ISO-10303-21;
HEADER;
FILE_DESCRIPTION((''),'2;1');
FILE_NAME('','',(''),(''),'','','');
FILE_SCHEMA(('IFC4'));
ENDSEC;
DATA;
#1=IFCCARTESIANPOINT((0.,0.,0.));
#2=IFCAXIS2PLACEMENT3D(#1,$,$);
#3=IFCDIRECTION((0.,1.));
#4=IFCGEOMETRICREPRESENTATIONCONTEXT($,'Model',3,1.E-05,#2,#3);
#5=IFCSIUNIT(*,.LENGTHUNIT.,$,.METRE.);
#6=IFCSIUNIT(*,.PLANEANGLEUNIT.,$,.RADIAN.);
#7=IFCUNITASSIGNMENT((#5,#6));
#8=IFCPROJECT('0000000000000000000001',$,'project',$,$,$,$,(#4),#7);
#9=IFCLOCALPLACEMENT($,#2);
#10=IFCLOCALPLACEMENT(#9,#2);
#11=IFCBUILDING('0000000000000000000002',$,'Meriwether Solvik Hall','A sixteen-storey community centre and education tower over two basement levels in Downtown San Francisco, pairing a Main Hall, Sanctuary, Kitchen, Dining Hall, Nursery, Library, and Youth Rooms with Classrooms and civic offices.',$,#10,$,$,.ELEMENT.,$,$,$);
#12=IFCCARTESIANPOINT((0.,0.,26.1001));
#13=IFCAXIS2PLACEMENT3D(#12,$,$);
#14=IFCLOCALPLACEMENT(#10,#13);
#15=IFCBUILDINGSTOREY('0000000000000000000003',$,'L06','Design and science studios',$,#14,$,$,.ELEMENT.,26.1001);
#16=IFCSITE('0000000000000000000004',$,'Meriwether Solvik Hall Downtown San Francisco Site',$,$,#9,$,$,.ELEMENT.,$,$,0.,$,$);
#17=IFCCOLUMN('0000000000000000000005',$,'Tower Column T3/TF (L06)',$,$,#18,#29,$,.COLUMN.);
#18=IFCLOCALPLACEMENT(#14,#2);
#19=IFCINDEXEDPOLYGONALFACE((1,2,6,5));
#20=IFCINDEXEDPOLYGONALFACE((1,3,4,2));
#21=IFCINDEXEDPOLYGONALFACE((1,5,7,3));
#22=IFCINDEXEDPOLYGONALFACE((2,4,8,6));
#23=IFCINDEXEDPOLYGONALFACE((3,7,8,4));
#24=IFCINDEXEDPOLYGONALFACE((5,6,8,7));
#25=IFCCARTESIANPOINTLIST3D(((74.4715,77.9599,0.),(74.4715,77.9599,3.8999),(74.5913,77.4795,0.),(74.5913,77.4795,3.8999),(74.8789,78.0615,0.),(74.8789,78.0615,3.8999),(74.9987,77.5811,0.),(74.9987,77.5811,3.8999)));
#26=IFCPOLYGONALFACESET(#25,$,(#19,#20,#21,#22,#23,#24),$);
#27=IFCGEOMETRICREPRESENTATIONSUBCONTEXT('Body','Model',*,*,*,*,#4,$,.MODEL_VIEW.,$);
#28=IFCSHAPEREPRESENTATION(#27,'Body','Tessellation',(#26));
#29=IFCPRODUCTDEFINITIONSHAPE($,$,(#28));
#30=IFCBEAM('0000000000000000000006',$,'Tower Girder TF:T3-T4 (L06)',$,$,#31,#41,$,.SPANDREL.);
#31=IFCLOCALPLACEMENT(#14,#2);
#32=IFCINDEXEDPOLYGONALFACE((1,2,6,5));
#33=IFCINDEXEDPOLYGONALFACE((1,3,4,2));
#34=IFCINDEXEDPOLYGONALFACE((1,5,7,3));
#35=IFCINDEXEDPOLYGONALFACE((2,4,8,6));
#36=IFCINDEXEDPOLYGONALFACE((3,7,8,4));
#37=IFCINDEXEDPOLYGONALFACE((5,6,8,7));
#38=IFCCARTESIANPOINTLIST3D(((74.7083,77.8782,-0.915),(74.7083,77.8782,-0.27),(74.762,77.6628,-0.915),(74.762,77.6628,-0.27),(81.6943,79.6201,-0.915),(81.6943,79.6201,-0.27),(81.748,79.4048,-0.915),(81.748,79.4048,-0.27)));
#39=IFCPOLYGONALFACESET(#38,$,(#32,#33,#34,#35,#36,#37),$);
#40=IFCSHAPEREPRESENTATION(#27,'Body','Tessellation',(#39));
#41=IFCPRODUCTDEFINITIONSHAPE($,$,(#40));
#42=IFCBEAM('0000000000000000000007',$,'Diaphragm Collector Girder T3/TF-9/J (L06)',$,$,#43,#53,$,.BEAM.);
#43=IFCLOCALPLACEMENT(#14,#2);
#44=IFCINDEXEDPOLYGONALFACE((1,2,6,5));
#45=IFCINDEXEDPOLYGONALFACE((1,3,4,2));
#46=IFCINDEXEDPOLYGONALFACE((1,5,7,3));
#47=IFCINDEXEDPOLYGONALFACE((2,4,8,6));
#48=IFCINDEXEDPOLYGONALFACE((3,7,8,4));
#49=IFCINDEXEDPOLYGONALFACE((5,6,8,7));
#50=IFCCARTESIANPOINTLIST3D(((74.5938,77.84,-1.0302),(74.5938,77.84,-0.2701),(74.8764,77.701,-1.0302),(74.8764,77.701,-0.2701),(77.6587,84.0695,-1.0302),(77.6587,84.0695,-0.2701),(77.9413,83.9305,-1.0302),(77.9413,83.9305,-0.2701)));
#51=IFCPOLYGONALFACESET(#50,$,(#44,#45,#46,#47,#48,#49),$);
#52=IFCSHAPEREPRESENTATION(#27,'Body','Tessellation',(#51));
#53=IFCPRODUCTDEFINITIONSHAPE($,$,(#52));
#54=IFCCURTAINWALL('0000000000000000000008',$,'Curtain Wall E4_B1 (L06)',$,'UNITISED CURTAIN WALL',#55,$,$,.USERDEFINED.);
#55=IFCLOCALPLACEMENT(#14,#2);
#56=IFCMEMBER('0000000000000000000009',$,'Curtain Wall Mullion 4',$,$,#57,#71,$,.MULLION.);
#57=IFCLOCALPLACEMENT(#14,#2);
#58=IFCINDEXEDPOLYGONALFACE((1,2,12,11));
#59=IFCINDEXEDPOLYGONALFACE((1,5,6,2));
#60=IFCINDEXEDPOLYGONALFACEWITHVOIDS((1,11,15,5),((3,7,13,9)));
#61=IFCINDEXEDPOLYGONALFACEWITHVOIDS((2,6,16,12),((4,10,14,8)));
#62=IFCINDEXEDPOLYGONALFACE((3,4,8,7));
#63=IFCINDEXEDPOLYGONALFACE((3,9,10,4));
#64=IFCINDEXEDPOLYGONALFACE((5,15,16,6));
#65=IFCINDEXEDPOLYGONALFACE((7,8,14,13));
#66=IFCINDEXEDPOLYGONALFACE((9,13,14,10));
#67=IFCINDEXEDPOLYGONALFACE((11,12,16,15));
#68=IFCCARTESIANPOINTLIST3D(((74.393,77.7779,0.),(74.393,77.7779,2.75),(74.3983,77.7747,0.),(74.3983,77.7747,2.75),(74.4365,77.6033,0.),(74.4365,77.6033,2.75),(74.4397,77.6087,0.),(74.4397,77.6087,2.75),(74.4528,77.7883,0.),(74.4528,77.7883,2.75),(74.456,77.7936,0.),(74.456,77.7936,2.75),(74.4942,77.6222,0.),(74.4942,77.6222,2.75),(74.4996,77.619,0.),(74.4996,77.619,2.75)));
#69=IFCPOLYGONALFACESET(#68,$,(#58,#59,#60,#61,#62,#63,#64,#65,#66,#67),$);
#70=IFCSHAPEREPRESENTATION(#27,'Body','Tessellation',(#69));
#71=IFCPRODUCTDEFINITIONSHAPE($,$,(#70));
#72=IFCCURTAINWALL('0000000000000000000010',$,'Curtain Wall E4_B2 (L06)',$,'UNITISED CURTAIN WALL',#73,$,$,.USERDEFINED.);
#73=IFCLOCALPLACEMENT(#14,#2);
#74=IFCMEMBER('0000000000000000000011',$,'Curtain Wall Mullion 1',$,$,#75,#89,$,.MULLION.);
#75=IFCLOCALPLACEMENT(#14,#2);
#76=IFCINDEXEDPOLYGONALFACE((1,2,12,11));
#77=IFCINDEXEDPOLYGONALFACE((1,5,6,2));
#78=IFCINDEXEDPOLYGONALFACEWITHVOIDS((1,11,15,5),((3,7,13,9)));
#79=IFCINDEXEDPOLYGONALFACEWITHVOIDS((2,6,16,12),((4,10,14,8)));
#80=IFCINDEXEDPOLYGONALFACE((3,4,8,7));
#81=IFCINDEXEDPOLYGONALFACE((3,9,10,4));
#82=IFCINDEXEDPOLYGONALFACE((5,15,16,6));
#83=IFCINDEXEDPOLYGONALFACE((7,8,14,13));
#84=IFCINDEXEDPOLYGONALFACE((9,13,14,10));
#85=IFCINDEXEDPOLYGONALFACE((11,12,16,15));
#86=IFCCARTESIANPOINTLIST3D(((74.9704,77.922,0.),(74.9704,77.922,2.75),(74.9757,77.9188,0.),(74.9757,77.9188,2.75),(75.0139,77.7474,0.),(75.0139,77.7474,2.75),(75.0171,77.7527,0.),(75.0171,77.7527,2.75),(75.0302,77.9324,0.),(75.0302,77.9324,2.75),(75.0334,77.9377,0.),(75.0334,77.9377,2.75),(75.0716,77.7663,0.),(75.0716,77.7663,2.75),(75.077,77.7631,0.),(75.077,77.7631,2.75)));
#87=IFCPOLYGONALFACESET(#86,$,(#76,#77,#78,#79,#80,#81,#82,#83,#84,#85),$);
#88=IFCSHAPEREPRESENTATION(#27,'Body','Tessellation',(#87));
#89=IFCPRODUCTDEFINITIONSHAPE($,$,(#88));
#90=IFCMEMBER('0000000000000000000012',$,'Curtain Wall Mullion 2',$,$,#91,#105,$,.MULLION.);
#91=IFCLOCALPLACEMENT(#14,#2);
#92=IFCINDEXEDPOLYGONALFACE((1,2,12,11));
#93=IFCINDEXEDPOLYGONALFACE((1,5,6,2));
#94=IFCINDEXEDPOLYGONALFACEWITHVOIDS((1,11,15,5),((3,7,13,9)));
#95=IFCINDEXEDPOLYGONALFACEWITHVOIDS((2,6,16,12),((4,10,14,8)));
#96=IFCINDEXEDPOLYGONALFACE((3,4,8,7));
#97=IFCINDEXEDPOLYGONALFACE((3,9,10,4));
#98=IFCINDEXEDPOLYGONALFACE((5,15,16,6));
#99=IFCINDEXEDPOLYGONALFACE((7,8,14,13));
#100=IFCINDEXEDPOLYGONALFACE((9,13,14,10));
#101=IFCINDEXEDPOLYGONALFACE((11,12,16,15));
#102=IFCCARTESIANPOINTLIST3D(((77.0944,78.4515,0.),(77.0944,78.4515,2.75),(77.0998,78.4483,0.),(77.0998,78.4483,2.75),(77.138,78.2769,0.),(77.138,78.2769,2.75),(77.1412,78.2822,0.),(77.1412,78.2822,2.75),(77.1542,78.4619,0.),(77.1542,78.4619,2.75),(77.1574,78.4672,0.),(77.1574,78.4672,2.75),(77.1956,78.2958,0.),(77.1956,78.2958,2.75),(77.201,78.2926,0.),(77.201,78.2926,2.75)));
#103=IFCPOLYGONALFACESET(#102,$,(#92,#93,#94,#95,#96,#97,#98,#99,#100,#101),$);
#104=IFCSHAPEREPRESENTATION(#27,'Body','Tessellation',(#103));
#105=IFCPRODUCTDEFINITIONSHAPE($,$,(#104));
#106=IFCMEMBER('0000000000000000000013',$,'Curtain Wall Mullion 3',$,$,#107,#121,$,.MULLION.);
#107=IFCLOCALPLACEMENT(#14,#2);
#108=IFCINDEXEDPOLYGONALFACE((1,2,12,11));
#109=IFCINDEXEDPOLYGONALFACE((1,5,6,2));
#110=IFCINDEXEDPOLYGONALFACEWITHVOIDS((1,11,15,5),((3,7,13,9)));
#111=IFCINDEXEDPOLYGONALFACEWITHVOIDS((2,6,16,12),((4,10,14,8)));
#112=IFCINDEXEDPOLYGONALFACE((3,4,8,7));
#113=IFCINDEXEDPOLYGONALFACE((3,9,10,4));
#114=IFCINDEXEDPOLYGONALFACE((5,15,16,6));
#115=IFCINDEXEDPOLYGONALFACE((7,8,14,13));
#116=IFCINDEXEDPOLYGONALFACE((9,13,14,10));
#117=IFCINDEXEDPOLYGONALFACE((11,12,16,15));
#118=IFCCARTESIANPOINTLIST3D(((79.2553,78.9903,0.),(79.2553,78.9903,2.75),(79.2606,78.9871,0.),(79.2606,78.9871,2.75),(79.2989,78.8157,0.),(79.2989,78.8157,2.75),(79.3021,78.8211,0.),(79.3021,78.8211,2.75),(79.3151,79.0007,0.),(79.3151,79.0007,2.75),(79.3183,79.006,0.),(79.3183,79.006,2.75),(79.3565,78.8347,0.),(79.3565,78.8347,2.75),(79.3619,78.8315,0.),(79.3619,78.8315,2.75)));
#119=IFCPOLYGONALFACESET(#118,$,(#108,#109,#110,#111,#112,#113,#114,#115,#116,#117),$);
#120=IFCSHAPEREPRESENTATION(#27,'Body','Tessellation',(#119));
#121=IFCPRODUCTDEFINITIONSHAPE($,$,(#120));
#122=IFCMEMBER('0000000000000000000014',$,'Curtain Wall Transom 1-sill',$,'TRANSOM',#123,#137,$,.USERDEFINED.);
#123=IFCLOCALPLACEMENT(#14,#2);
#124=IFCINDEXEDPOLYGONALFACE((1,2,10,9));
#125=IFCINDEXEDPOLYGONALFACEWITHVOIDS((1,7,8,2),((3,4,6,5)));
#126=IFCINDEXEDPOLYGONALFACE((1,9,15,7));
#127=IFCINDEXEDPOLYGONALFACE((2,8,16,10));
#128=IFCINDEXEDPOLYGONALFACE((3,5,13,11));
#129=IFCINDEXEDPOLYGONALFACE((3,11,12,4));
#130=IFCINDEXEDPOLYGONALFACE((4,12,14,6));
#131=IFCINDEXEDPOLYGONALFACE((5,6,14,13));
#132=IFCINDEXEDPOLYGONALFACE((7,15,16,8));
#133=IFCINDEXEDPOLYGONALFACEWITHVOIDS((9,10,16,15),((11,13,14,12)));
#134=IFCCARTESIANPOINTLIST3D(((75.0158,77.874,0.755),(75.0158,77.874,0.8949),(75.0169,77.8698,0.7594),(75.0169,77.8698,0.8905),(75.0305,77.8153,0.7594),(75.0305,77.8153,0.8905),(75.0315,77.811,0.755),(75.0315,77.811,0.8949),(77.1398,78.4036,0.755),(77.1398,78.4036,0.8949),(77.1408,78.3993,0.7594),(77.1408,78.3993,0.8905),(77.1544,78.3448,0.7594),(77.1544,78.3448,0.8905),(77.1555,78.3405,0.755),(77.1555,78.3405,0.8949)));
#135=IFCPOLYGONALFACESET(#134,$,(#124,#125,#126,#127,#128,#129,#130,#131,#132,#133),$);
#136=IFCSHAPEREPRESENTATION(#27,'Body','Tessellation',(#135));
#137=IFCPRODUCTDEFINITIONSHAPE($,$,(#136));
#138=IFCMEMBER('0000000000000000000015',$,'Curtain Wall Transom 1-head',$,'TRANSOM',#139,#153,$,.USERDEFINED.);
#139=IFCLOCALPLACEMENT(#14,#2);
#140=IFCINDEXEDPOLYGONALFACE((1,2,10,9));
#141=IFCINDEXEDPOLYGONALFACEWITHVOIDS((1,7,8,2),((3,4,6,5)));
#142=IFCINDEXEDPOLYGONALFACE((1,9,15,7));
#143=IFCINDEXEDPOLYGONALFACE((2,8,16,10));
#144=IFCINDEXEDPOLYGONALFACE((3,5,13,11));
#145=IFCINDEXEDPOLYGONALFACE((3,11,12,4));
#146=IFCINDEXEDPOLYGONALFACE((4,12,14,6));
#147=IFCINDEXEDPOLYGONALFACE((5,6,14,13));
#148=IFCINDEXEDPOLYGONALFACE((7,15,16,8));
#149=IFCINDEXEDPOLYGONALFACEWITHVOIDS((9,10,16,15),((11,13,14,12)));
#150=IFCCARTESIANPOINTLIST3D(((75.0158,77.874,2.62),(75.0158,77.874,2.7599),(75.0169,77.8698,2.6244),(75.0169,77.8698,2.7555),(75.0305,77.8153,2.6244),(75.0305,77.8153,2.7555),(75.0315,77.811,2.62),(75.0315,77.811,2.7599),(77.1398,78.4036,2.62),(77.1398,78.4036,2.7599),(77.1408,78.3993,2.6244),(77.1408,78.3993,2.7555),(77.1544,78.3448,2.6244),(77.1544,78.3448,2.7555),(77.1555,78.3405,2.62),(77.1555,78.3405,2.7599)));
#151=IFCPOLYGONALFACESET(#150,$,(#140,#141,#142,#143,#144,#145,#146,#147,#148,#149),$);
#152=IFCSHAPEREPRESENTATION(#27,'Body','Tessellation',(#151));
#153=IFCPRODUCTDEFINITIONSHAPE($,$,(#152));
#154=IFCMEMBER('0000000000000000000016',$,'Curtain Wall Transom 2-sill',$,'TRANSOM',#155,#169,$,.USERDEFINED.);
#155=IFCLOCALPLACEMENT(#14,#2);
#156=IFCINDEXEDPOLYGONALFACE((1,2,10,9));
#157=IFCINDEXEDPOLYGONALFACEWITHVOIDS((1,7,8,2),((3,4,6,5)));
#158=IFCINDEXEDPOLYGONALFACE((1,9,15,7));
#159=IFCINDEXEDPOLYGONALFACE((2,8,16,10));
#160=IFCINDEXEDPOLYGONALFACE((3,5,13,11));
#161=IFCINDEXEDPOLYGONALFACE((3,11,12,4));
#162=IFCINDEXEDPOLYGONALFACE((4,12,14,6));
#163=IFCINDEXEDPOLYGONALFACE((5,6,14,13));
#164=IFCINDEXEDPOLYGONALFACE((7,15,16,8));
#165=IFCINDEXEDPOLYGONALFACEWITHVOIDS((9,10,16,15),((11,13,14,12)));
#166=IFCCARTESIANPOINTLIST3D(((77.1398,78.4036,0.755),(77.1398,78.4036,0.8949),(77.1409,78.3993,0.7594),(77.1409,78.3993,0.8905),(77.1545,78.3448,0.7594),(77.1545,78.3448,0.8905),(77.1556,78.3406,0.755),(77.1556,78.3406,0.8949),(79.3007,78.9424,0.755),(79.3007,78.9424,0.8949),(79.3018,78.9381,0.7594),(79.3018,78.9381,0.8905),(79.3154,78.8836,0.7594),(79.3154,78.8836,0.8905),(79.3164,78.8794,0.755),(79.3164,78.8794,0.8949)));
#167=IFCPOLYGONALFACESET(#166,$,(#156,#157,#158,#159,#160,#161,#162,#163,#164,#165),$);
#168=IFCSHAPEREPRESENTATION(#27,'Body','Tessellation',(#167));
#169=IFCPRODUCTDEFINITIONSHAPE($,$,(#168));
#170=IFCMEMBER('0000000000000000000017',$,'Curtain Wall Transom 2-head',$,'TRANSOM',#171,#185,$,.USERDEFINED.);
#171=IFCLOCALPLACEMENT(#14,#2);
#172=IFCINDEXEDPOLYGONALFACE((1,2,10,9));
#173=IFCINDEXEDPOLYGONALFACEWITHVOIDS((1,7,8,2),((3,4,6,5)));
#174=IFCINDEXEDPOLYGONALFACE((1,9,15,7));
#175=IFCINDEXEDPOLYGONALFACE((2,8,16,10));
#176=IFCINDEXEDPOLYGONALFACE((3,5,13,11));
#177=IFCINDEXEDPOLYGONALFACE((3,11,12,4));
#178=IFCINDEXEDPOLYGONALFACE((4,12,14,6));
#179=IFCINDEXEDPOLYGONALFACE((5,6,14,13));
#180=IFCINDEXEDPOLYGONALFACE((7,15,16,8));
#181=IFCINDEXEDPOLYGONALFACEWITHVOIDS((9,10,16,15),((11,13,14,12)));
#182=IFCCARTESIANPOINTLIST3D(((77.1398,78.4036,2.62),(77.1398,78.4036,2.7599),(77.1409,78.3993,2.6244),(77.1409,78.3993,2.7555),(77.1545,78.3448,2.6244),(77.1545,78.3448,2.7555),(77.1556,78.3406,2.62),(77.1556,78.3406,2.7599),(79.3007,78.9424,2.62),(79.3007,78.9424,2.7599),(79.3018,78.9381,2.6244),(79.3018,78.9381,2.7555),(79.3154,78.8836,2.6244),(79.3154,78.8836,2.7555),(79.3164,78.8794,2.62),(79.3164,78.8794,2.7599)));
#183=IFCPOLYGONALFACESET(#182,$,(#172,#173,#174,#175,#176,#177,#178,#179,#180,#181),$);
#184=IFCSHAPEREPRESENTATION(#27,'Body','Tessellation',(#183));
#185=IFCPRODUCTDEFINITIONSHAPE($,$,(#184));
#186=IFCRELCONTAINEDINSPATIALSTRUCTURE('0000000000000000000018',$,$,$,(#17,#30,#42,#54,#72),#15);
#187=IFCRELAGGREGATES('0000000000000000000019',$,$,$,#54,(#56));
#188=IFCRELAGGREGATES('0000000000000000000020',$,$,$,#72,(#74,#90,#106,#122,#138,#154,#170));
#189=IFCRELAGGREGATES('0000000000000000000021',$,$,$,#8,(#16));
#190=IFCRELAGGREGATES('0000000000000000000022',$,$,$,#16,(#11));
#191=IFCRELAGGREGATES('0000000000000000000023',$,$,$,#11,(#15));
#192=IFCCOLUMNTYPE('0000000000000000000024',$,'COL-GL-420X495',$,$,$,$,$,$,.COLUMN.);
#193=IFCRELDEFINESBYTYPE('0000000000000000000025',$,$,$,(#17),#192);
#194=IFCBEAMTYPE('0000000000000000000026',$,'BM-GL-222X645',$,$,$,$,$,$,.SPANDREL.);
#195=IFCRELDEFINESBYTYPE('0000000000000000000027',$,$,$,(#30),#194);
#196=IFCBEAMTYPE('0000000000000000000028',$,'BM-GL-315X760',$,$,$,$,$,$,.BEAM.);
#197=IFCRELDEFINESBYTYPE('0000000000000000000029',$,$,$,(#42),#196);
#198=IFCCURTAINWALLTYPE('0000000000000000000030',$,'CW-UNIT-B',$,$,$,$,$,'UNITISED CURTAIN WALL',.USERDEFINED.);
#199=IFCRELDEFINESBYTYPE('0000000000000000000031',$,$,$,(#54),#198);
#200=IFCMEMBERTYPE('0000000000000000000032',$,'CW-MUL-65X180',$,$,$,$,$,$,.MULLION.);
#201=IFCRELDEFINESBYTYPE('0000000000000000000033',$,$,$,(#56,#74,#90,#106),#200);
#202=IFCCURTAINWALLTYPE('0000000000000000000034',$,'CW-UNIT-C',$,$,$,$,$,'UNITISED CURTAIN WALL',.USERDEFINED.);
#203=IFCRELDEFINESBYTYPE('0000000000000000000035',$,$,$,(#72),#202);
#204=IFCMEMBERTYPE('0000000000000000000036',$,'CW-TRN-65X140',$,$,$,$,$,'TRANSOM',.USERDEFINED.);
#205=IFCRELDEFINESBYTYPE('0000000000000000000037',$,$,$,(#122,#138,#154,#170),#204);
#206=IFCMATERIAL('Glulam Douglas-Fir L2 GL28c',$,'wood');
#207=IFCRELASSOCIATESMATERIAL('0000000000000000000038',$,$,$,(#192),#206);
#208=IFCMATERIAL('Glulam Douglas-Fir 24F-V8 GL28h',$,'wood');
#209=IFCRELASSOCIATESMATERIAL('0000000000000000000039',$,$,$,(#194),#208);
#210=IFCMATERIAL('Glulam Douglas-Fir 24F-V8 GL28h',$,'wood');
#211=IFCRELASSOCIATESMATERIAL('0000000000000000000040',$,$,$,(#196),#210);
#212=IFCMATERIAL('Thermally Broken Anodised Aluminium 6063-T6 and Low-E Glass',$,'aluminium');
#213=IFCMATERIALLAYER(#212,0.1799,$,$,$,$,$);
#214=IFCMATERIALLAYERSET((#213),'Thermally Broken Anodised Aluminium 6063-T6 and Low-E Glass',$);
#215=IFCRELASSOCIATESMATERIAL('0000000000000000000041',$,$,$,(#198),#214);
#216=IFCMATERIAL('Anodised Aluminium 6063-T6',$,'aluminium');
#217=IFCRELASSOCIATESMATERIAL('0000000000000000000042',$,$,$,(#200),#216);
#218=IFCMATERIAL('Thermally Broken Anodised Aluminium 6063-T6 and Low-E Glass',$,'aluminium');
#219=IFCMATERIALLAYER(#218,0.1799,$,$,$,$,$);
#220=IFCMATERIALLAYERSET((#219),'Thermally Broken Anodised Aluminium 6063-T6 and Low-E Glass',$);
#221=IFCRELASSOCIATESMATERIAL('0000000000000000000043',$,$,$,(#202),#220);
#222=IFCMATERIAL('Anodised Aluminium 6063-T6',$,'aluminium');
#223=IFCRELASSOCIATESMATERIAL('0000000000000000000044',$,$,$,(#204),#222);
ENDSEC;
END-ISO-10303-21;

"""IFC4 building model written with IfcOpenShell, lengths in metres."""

from ifc_helpers import new_model, si_unit, direction, frame, origin, origin_2d, place, context, subcontext, project, spatial, rectangle, hollow_rectangle, extrude, material, layer, layer_set, material_profile, profile_set, type_object, element, aggregate, save


model = new_model("IFC4")

# Units and contexts
model_context = context("Model", 3, precision=1e-05, world=origin(), true_north=direction((0.0, 1.0)))
body_context = subcontext(model_context, "Body", "Model", "MODEL_VIEW")
ifc_project = project(units=[si_unit("LENGTHUNIT", "METRE"), si_unit("PLANEANGLEUNIT", "RADIAN")], contexts=[model_context])

# Site, building, storey
site_placement = place(None, origin())
site = spatial("IfcSite", under=ifc_project, at=site_placement, Name="Meriwether Solvik Hall Downtown San Francisco Site", CompositionType="ELEMENT", RefElevation=0.0)
building_placement = place(site_placement, origin())
building = spatial("IfcBuilding", under=site, at=building_placement, Name="Meriwether Solvik Hall", Description="A sixteen-storey community centre and education tower over two basement levels in Downtown San Francisco, pairing a Main Hall, Sanctuary, Kitchen, Dining Hall, Nursery, Library, and Youth Rooms with Classrooms and civic offices.", CompositionType="ELEMENT")
storey_placement = place(building_placement, frame((0.0, 0.0, 26.1001)))
storey = spatial("IfcBuildingStorey", under=building, at=storey_placement, Name="L06", Description="Design and science studios", CompositionType="ELEMENT", Elevation=26.1001)

# Column
ifc_material_1 = material(Name="Glulam Douglas-Fir L2 GL28c", Category="wood")
ifc_material_profile_1 = material_profile(ifc_material_1, rectangle(XDim=0.4199, YDim=0.4951, at=origin_2d()), Name="GLC-420X495")
ifc_profile_set_1 = profile_set([ifc_material_profile_1], Name="Glulam Douglas-Fir L2 GL28c")
column_type = type_object("IfcColumnType", Name="COL-GL-420X495", PredefinedType="COLUMN", material=ifc_profile_set_1)
column_placement = place(storey_placement, frame((74.7351, 77.7705, 0.0), z_axis=(0.0, 0.0, 1.0), x_axis=(0.970296, 0.241922, 0.0)))
element("IfcColumn", 1, at=column_placement, inside=storey, type_object=column_type, Name="Tower Column T3/TF (L06)", PredefinedType="COLUMN", context=body_context, shape_type="SweptSolid", body=[
    extrude(rectangle(XDim=0.4199, YDim=0.4951, at=origin_2d()), origin(), (0.0, 0.0, 1.0), 3.8999),
])

# Beams
ifc_material_2 = material(Name="Glulam Douglas-Fir 24F-V8 GL28h", Category="wood")
ifc_material_profile_2 = material_profile(ifc_material_2, rectangle(XDim=0.2219, YDim=0.645, at=origin_2d()), Name="GLB-222X645")
ifc_profile_set_2 = profile_set([ifc_material_profile_2], Name="Glulam Douglas-Fir 24F-V8 GL28h")
beam_type_1 = type_object("IfcBeamType", Name="BM-GL-222X645", PredefinedType="SPANDREL", material=ifc_profile_set_2)
beam_1_placement = place(storey_placement, frame((74.7351, 77.7705, -0.5925), z_axis=(0.970292, 0.241937, 0.0), x_axis=(-0.241937, 0.970292, 0.0)))
element("IfcBeam", 2, at=beam_1_placement, inside=storey, type_object=beam_type_1, Name="Tower Girder TF:T3-T4 (L06)", PredefinedType="SPANDREL", context=body_context, shape_type="SweptSolid", body=[
    extrude(rectangle(XDim=0.2219, YDim=0.645, at=origin_2d()), origin(), (0.0, 0.0, 1.0), 7.2),
])
ifc_material_3 = material(Name="Glulam Douglas-Fir 24F-V8 GL28h", Category="wood")
ifc_material_profile_3 = material_profile(ifc_material_3, rectangle(XDim=0.3149, YDim=0.76, at=origin_2d()), Name="GLB-315X760")
ifc_profile_set_3 = profile_set([ifc_material_profile_3], Name="Glulam Douglas-Fir 24F-V8 GL28h")
beam_type_2 = type_object("IfcBeamType", Name="BM-GL-315X760", PredefinedType="BEAM", material=ifc_profile_set_3)
beam_2_placement = place(storey_placement, frame((74.7351, 77.7705, -0.6501), z_axis=(0.441465, 0.897278, 0.0), x_axis=(-0.897278, 0.441465, 0.0)))
element("IfcBeam", 3, at=beam_2_placement, inside=storey, type_object=beam_type_2, Name="Diaphragm Collector Girder T3/TF-9/J (L06)", PredefinedType="BEAM", context=body_context, shape_type="SweptSolid", body=[
    extrude(rectangle(XDim=0.3149, YDim=0.76, at=origin_2d()), origin(), (0.0, 0.0, 1.0), 6.9426),
])

# Curtain wall, member
ifc_material_4 = material(Name="Thermally Broken Anodised Aluminium 6063-T6 and Low-E Glass", Category="aluminium")
ifc_layer_1 = layer(ifc_material_4, 0.1799)
ifc_layer_set_1 = layer_set([ifc_layer_1], Name="Thermally Broken Anodised Aluminium 6063-T6 and Low-E Glass")
curtain_wall_type_1 = type_object("IfcCurtainWallType", Name="CW-UNIT-B", ElementType="UNITISED CURTAIN WALL", PredefinedType="USERDEFINED", material=ifc_layer_set_1)
curtain_wall_1_placement = place(storey_placement, origin())
curtain_wall_1 = element("IfcCurtainWall", 4, at=curtain_wall_1_placement, inside=storey, type_object=curtain_wall_type_1, Name="Curtain Wall E4_B1 (L06)", ObjectType="UNITISED CURTAIN WALL", PredefinedType="USERDEFINED")
ifc_material_5 = material(Name="Anodised Aluminium 6063-T6", Category="aluminium")
ifc_material_profile_4 = material_profile(ifc_material_5, hollow_rectangle(XDim=0.0649, YDim=0.1799, WallThickness=0.0044, at=origin_2d()), Name="CWM-65X180")
ifc_profile_set_4 = profile_set([ifc_material_profile_4], Name="Anodised Aluminium 6063-T6")
member_type_1 = type_object("IfcMemberType", Name="CW-MUL-65X180", PredefinedType="MULLION", material=ifc_profile_set_4)
member_1_placement = place(storey_placement, frame((74.4463, 77.6985, 0.0), z_axis=(0.0, 0.0, 1.0), x_axis=(0.970296, 0.241922, 0.0)))
member_1 = element("IfcMember", 5, at=member_1_placement, type_object=member_type_1, Name="Curtain Wall Mullion 4", PredefinedType="MULLION", context=body_context, shape_type="SweptSolid", body=[
    extrude(hollow_rectangle(XDim=0.0649, YDim=0.1799, WallThickness=0.0044, at=origin_2d()), origin(), (0.0, 0.0, 1.0), 2.75),
])

# Curtain wall, members
ifc_material_6 = material(Name="Thermally Broken Anodised Aluminium 6063-T6 and Low-E Glass", Category="aluminium")
ifc_layer_2 = layer(ifc_material_6, 0.1799)
ifc_layer_set_2 = layer_set([ifc_layer_2], Name="Thermally Broken Anodised Aluminium 6063-T6 and Low-E Glass")
curtain_wall_type_2 = type_object("IfcCurtainWallType", Name="CW-UNIT-C", ElementType="UNITISED CURTAIN WALL", PredefinedType="USERDEFINED", material=ifc_layer_set_2)
curtain_wall_2_placement = place(storey_placement, origin())
curtain_wall_2 = element("IfcCurtainWall", 6, at=curtain_wall_2_placement, inside=storey, type_object=curtain_wall_type_2, Name="Curtain Wall E4_B2 (L06)", ObjectType="UNITISED CURTAIN WALL", PredefinedType="USERDEFINED")
member_2_placement = place(storey_placement, frame((75.0237, 77.8425, 0.0), z_axis=(0.0, 0.0, 1.0), x_axis=(0.970296, 0.241922, 0.0)))
member_2 = element("IfcMember", 7, at=member_2_placement, type_object=member_type_1, Name="Curtain Wall Mullion 1", PredefinedType="MULLION", context=body_context, shape_type="SweptSolid", body=[
    extrude(hollow_rectangle(XDim=0.0649, YDim=0.1799, WallThickness=0.0044, at=origin_2d()), origin(), (0.0, 0.0, 1.0), 2.75),
])
member_3_placement = place(storey_placement, frame((77.1477, 78.3721, 0.0), z_axis=(0.0, 0.0, 1.0), x_axis=(0.970296, 0.241922, 0.0)))
member_3 = element("IfcMember", 8, at=member_3_placement, type_object=member_type_1, Name="Curtain Wall Mullion 2", PredefinedType="MULLION", context=body_context, shape_type="SweptSolid", body=[
    extrude(hollow_rectangle(XDim=0.0649, YDim=0.1799, WallThickness=0.0044, at=origin_2d()), origin(), (0.0, 0.0, 1.0), 2.75),
])
member_4_placement = place(storey_placement, frame((79.3086, 78.9109, 0.0), z_axis=(0.0, 0.0, 1.0), x_axis=(0.970296, 0.241922, 0.0)))
member_4 = element("IfcMember", 9, at=member_4_placement, type_object=member_type_1, Name="Curtain Wall Mullion 3", PredefinedType="MULLION", context=body_context, shape_type="SweptSolid", body=[
    extrude(hollow_rectangle(XDim=0.0649, YDim=0.1799, WallThickness=0.0044, at=origin_2d()), origin(), (0.0, 0.0, 1.0), 2.75),
])
ifc_material_7 = material(Name="Anodised Aluminium 6063-T6", Category="aluminium")
ifc_material_profile_5 = material_profile(ifc_material_7, hollow_rectangle(XDim=0.0649, YDim=0.1399, WallThickness=0.0044, at=origin_2d()), Name="CWT-65X140")
ifc_profile_set_5 = profile_set([ifc_material_profile_5], Name="Anodised Aluminium 6063-T6")
member_type_2 = type_object("IfcMemberType", Name="CW-TRN-65X140", ElementType="TRANSOM", PredefinedType="USERDEFINED", material=ifc_profile_set_5)
member_5_placement = place(storey_placement, frame((75.0237, 77.8425, 0.825), z_axis=(0.9703, 0.241906, 0.0), x_axis=(-0.241906, 0.9703, 0.0)))
member_5 = element("IfcMember", 10, at=member_5_placement, type_object=member_type_2, Name="Curtain Wall Transom 1-sill", ObjectType="TRANSOM", PredefinedType="USERDEFINED", context=body_context, shape_type="SweptSolid", body=[
    extrude(hollow_rectangle(XDim=0.0649, YDim=0.1399, WallThickness=0.0044, at=origin_2d()), origin(), (0.0, 0.0, 1.0), 2.189),
])
member_6_placement = place(storey_placement, frame((75.0237, 77.8425, 2.6899), z_axis=(0.9703, 0.241906, 0.0), x_axis=(-0.241906, 0.9703, 0.0)))
member_6 = element("IfcMember", 11, at=member_6_placement, type_object=member_type_2, Name="Curtain Wall Transom 1-head", ObjectType="TRANSOM", PredefinedType="USERDEFINED", context=body_context, shape_type="SweptSolid", body=[
    extrude(hollow_rectangle(XDim=0.0649, YDim=0.1399, WallThickness=0.0044, at=origin_2d()), origin(), (0.0, 0.0, 1.0), 2.189),
])
member_7_placement = place(storey_placement, frame((77.1477, 78.3721, 0.825), z_axis=(0.970291, 0.241942, 0.0), x_axis=(-0.241942, 0.970291, 0.0)))
member_7 = element("IfcMember", 12, at=member_7_placement, type_object=member_type_2, Name="Curtain Wall Transom 2-sill", ObjectType="TRANSOM", PredefinedType="USERDEFINED", context=body_context, shape_type="SweptSolid", body=[
    extrude(hollow_rectangle(XDim=0.0649, YDim=0.1399, WallThickness=0.0044, at=origin_2d()), origin(), (0.0, 0.0, 1.0), 2.2271),
])
member_8_placement = place(storey_placement, frame((77.1477, 78.3721, 2.6899), z_axis=(0.970291, 0.241942, 0.0), x_axis=(-0.241942, 0.970291, 0.0)))
member_8 = element("IfcMember", 13, at=member_8_placement, type_object=member_type_2, Name="Curtain Wall Transom 2-head", ObjectType="TRANSOM", PredefinedType="USERDEFINED", context=body_context, shape_type="SweptSolid", body=[
    extrude(hollow_rectangle(XDim=0.0649, YDim=0.1399, WallThickness=0.0044, at=origin_2d()), origin(), (0.0, 0.0, 1.0), 2.2271),
])

aggregate(curtain_wall_1, [member_1])
aggregate(curtain_wall_2, [member_2, member_3, member_4, member_5, member_6, member_7, member_8])

save(model, "model.ifc")
